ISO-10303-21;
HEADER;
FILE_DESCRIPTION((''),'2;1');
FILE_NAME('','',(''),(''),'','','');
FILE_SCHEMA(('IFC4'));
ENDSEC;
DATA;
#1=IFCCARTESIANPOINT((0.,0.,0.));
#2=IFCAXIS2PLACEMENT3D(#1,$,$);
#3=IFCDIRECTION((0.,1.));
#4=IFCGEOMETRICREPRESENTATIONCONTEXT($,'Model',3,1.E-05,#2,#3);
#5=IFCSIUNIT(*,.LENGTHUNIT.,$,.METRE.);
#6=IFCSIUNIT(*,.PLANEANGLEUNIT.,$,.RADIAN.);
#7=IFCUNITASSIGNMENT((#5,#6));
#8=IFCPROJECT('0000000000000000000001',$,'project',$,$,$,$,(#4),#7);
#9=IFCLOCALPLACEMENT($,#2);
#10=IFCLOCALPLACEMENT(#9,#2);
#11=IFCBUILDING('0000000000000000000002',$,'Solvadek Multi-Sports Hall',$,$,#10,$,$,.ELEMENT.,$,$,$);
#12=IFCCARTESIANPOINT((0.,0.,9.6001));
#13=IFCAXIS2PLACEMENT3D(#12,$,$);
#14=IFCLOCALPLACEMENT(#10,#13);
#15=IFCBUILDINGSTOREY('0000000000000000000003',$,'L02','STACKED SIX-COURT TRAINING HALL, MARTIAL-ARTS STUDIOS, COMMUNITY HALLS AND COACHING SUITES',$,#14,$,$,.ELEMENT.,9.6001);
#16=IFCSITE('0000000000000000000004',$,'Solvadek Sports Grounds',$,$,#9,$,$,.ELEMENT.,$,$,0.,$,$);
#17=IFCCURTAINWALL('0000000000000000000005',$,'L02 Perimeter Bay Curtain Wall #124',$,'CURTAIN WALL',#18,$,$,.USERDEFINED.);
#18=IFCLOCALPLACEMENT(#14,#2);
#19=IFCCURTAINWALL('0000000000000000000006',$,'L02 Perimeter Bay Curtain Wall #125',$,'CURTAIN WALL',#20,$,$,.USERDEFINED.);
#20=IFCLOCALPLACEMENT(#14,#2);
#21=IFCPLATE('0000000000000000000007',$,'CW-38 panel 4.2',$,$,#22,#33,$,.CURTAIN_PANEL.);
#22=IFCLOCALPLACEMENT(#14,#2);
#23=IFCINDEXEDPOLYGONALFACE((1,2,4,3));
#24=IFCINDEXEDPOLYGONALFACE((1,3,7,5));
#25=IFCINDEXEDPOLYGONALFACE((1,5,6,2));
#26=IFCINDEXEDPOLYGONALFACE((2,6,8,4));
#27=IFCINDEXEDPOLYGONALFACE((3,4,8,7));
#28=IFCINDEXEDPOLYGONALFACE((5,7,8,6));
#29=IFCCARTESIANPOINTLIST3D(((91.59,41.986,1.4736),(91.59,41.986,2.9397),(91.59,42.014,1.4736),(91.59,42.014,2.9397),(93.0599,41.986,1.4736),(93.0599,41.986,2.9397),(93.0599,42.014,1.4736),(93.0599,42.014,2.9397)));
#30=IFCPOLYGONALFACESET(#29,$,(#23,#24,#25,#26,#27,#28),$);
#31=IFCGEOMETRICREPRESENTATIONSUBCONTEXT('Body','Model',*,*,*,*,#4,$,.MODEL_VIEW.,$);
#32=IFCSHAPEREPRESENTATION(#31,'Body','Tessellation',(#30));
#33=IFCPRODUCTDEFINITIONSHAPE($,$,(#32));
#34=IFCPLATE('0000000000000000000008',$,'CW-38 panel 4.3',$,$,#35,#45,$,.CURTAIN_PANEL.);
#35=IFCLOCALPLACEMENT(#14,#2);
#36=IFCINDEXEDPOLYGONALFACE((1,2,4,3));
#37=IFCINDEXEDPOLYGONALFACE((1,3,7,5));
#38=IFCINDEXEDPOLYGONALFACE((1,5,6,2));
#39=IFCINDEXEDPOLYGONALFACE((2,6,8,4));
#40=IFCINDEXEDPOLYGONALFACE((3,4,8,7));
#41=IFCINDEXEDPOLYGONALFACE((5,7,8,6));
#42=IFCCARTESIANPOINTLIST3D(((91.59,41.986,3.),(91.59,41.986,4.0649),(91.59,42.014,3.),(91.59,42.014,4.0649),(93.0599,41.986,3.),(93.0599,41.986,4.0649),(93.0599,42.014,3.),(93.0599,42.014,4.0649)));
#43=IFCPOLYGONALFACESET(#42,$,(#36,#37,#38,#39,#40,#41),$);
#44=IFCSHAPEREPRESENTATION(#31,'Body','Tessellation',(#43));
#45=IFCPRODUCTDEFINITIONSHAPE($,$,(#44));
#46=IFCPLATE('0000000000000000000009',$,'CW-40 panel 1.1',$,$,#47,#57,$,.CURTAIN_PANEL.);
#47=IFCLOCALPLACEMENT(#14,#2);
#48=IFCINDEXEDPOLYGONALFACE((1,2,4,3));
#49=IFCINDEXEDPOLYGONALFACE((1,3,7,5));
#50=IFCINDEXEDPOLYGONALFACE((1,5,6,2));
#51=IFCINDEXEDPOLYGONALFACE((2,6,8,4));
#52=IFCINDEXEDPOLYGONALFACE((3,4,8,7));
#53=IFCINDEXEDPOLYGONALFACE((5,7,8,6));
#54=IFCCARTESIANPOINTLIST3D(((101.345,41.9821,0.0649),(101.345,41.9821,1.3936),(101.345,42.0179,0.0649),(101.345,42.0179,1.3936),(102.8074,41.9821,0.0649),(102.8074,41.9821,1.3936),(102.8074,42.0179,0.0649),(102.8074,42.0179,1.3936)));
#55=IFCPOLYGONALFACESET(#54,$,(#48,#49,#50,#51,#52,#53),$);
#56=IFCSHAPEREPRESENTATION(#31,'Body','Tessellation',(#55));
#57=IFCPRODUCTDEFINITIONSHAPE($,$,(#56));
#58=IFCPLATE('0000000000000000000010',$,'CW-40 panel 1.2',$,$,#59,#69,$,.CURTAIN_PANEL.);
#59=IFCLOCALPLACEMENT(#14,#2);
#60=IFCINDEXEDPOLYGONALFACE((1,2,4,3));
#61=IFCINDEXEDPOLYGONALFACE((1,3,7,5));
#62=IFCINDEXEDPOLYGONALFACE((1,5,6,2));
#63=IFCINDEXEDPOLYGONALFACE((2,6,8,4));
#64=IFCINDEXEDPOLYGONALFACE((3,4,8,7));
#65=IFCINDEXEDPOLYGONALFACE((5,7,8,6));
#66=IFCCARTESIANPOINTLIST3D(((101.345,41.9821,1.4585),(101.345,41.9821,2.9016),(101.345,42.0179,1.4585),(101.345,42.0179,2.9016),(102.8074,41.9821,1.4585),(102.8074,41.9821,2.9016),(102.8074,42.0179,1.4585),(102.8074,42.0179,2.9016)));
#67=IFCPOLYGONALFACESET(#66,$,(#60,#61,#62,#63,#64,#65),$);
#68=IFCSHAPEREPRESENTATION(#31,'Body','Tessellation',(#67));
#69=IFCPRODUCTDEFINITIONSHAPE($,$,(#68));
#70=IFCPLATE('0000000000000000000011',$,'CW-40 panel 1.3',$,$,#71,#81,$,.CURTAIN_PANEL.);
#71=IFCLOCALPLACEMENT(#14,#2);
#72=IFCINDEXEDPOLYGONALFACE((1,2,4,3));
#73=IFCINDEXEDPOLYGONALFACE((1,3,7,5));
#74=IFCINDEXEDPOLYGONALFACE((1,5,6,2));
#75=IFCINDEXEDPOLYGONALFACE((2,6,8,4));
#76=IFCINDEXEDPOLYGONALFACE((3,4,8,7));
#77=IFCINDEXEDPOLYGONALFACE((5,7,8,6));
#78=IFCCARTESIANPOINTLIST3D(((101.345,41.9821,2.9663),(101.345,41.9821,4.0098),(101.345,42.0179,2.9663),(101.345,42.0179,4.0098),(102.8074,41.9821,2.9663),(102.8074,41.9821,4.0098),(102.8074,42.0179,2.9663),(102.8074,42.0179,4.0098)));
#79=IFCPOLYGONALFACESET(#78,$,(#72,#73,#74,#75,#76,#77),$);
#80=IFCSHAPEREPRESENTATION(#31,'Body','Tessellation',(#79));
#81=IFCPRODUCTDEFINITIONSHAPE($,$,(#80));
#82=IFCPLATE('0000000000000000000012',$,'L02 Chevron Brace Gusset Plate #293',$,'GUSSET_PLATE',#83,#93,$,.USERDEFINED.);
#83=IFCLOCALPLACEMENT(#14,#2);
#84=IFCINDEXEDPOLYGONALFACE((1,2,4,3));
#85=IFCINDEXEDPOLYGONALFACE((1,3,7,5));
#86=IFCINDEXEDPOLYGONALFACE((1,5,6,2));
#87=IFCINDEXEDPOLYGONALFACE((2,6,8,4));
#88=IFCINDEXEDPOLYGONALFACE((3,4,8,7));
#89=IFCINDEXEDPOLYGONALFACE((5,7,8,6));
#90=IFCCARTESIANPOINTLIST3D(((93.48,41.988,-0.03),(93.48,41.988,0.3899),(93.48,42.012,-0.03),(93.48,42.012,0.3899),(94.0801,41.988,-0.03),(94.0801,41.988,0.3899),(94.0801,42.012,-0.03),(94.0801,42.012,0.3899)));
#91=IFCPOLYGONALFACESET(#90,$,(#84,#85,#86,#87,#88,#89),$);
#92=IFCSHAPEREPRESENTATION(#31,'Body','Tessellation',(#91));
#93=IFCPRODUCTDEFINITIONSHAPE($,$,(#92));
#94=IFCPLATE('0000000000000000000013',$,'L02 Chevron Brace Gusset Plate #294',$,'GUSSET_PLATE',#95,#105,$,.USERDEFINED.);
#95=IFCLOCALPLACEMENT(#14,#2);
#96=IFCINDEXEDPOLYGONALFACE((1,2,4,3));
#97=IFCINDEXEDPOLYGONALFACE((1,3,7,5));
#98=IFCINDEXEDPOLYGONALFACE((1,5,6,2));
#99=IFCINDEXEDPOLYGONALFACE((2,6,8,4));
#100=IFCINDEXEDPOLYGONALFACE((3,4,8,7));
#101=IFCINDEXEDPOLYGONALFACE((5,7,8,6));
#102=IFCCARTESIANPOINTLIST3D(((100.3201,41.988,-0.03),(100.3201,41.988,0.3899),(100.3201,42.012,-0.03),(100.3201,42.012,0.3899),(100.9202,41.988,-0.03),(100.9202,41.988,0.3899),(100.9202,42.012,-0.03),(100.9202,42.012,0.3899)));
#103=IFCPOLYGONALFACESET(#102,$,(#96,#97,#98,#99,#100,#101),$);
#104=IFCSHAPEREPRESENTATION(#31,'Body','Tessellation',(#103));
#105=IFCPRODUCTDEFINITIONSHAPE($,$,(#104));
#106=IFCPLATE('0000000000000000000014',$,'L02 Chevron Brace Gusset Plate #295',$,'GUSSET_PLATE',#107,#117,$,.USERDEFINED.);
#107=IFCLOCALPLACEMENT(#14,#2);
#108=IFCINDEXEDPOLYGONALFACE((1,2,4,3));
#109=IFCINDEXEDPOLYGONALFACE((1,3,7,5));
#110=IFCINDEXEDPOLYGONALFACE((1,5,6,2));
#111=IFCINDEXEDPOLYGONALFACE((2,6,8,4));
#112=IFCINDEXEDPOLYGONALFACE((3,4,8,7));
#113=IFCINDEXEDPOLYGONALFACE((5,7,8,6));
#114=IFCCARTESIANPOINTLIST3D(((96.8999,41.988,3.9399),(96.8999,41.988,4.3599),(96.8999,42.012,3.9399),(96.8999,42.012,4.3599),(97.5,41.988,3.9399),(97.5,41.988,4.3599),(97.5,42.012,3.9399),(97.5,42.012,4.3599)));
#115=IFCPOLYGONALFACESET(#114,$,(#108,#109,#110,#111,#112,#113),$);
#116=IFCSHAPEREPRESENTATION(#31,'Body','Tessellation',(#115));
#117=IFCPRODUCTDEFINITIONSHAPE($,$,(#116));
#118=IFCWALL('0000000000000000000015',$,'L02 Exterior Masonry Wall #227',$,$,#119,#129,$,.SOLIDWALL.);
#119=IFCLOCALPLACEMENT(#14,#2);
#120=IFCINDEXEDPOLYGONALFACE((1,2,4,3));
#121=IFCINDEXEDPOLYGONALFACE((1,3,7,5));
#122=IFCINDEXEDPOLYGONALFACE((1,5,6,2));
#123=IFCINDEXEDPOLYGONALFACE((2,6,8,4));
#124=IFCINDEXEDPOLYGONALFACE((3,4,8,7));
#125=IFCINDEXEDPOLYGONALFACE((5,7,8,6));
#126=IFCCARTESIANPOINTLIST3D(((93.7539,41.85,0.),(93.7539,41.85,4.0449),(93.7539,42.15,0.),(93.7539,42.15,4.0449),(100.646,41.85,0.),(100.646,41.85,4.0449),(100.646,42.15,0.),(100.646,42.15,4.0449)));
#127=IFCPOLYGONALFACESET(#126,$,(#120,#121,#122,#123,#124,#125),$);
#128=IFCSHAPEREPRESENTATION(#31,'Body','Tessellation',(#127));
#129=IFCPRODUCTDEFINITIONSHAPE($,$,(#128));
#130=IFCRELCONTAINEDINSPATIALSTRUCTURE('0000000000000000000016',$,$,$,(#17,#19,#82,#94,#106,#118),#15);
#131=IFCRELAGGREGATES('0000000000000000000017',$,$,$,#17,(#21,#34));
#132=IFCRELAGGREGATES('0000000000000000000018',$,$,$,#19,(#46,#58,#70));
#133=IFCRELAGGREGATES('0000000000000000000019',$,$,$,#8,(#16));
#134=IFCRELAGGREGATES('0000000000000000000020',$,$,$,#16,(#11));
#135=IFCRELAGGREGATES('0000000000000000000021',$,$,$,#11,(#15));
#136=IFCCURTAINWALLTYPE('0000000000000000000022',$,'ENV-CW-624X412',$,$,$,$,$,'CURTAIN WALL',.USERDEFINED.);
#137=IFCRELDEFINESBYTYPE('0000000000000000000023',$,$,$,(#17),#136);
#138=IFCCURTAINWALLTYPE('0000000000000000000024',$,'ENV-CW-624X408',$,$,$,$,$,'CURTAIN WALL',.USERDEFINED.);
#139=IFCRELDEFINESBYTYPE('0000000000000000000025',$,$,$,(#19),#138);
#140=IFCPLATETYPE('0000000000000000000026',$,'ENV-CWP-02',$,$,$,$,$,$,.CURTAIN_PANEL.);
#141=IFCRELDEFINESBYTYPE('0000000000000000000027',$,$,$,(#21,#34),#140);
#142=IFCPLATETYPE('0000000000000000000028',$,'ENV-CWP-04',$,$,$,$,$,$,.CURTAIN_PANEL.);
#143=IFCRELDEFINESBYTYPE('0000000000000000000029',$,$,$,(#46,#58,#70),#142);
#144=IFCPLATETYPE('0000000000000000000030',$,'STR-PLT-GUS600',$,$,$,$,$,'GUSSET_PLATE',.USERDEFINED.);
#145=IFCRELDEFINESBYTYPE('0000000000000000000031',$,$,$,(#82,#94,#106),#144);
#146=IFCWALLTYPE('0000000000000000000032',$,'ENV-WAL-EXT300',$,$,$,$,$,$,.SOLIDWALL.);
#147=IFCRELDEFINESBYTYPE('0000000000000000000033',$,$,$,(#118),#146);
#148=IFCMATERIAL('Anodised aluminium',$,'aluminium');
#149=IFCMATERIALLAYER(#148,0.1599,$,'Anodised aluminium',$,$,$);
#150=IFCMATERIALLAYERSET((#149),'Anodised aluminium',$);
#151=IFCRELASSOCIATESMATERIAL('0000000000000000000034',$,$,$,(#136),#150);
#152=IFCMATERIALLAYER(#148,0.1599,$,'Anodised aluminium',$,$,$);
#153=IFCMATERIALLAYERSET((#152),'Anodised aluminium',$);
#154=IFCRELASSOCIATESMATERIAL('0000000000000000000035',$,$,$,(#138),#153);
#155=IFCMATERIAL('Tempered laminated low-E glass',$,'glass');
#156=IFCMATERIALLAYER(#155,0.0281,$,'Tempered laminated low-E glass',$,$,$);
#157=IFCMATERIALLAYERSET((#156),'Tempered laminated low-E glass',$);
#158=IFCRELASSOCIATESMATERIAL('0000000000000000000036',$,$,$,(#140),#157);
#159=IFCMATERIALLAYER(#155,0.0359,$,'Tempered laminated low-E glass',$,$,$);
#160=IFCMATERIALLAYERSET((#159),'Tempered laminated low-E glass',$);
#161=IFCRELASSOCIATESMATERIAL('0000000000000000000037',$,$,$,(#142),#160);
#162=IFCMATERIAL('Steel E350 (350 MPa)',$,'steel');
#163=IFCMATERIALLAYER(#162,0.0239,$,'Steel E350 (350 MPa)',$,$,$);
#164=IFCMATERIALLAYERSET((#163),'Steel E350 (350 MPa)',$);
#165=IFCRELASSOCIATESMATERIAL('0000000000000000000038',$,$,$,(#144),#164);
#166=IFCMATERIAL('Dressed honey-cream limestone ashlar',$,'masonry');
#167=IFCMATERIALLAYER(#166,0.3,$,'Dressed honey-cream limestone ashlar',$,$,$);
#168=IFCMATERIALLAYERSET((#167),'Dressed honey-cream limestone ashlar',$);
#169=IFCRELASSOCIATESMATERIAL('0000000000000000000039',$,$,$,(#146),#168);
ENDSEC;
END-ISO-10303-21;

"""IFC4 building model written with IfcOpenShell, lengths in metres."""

from ifc_helpers import new_model, si_unit, direction, frame, frame_2d, origin, origin_2d, place, context, subcontext, project, spatial, rectangle, extrude, material, layer, layer_set, type_object, element, aggregate, save


model = new_model("IFC4")

# Units and contexts
model_context = context("Model", 3, precision=1e-05, world=origin(), true_north=direction((0.0, 1.0)))
body_context = subcontext(model_context, "Body", "Model", "MODEL_VIEW")
ifc_project = project(units=[si_unit("LENGTHUNIT", "METRE"), si_unit("PLANEANGLEUNIT", "RADIAN")], contexts=[model_context])

# Site, building, storey
site_placement = place(None, origin())
site = spatial("IfcSite", under=ifc_project, at=site_placement, Name="Solvadek Sports Grounds", CompositionType="ELEMENT", RefElevation=0.0)
building_placement = place(site_placement, origin())
building = spatial("IfcBuilding", under=site, at=building_placement, Name="Solvadek Multi-Sports Hall", CompositionType="ELEMENT")
storey_placement = place(building_placement, frame((0.0, 0.0, 9.6001)))
storey = spatial("IfcBuildingStorey", under=building, at=storey_placement, Name="L02", Description="STACKED SIX-COURT TRAINING HALL, MARTIAL-ARTS STUDIOS, COMMUNITY HALLS AND COACHING SUITES", CompositionType="ELEMENT", Elevation=9.6001)

# Shared definitions
ifc_material_1 = material(Name="Steel E350 (350 MPa)", Category="steel")

# Curtain wall
ifc_material_2 = material(Name="Anodised aluminium", Category="aluminium")
ifc_layer_1 = layer(ifc_material_2, 0.1599, Name="Anodised aluminium")
ifc_layer_set_1 = layer_set([ifc_layer_1], Name="Anodised aluminium")
curtain_wall_type_1 = type_object("IfcCurtainWallType", Name="ENV-CW-624X412", ElementType="CURTAIN WALL", PredefinedType="USERDEFINED", material=ifc_layer_set_1)
curtain_wall_1_placement = place(storey_placement, origin())
curtain_wall_1 = element("IfcCurtainWall", 1, at=curtain_wall_1_placement, inside=storey, type_object=curtain_wall_type_1, Name="L02 Perimeter Bay Curtain Wall #124", ObjectType="CURTAIN WALL", PredefinedType="USERDEFINED")

# Curtain wall
ifc_layer_2 = layer(ifc_material_2, 0.1599, Name="Anodised aluminium")
ifc_layer_set_2 = layer_set([ifc_layer_2], Name="Anodised aluminium")
curtain_wall_type_2 = type_object("IfcCurtainWallType", Name="ENV-CW-624X408", ElementType="CURTAIN WALL", PredefinedType="USERDEFINED", material=ifc_layer_set_2)
curtain_wall_2_placement = place(storey_placement, origin())
curtain_wall_2 = element("IfcCurtainWall", 2, at=curtain_wall_2_placement, inside=storey, type_object=curtain_wall_type_2, Name="L02 Perimeter Bay Curtain Wall #125", ObjectType="CURTAIN WALL", PredefinedType="USERDEFINED")

# Plates
ifc_material_3 = material(Name="Tempered laminated low-E glass", Category="glass")
ifc_layer_3 = layer(ifc_material_3, 0.0281, Name="Tempered laminated low-E glass")
ifc_layer_set_3 = layer_set([ifc_layer_3], Name="Tempered laminated low-E glass")
plate_type_1 = type_object("IfcPlateType", Name="ENV-CWP-02", PredefinedType="CURTAIN_PANEL", material=ifc_layer_set_3)
plate_1_placement = place(storey_placement, frame((92.325, 42.0, 1.4736), z_axis=(0.0, 0.0, 1.0), x_axis=(1.0, 0.0, 0.0)))
plate_1 = element("IfcPlate", 3, at=plate_1_placement, type_object=plate_type_1, Name="CW-38 panel 4.2", PredefinedType="CURTAIN_PANEL", context=body_context, shape_type="SweptSolid", body=[
    extrude(rectangle(XDim=1.47, YDim=0.0281, at=origin_2d()), origin(), (0.0, 0.0, 1.0), 1.4661),
])
plate_2_placement = place(storey_placement, frame((92.325, 42.0, 3.0), z_axis=(0.0, 0.0, 1.0), x_axis=(1.0, 0.0, 0.0)))
plate_2 = element("IfcPlate", 4, at=plate_2_placement, type_object=plate_type_1, Name="CW-38 panel 4.3", PredefinedType="CURTAIN_PANEL", context=body_context, shape_type="SweptSolid", body=[
    extrude(rectangle(XDim=1.47, YDim=0.0281, at=origin_2d()), origin(), (0.0, 0.0, 1.0), 1.0649),
])
aggregate(curtain_wall_1, [plate_1, plate_2])
ifc_layer_4 = layer(ifc_material_3, 0.0359, Name="Tempered laminated low-E glass")
ifc_layer_set_4 = layer_set([ifc_layer_4], Name="Tempered laminated low-E glass")
plate_type_2 = type_object("IfcPlateType", Name="ENV-CWP-04", PredefinedType="CURTAIN_PANEL", material=ifc_layer_set_4)
plate_3_placement = place(storey_placement, frame((102.0762, 42.0, 0.0649), z_axis=(0.0, 0.0, 1.0), x_axis=(1.0, 0.0, 0.0)))
plate_3 = element("IfcPlate", 5, at=plate_3_placement, type_object=plate_type_2, Name="CW-40 panel 1.1", PredefinedType="CURTAIN_PANEL", context=body_context, shape_type="SweptSolid", body=[
    extrude(rectangle(XDim=1.4624, YDim=0.0359, at=origin_2d()), origin(), (0.0, 0.0, 1.0), 1.3286),
])
plate_4_placement = place(storey_placement, frame((102.0762, 42.0, 1.4585), z_axis=(0.0, 0.0, 1.0), x_axis=(1.0, 0.0, 0.0)))
plate_4 = element("IfcPlate", 6, at=plate_4_placement, type_object=plate_type_2, Name="CW-40 panel 1.2", PredefinedType="CURTAIN_PANEL", context=body_context, shape_type="SweptSolid", body=[
    extrude(rectangle(XDim=1.4624, YDim=0.0359, at=origin_2d()), origin(), (0.0, 0.0, 1.0), 1.4431),
])
plate_5_placement = place(storey_placement, frame((102.0762, 42.0, 2.9663), z_axis=(0.0, 0.0, 1.0), x_axis=(1.0, 0.0, 0.0)))
plate_5 = element("IfcPlate", 7, at=plate_5_placement, type_object=plate_type_2, Name="CW-40 panel 1.3", PredefinedType="CURTAIN_PANEL", context=body_context, shape_type="SweptSolid", body=[
    extrude(rectangle(XDim=1.4624, YDim=0.0359, at=origin_2d()), origin(), (0.0, 0.0, 1.0), 1.0435),
])
aggregate(curtain_wall_2, [plate_3, plate_4, plate_5])

# Plates
ifc_layer_5 = layer(ifc_material_1, 0.0239, Name="Steel E350 (350 MPa)")
ifc_layer_set_5 = layer_set([ifc_layer_5], Name="Steel E350 (350 MPa)")
plate_type_3 = type_object("IfcPlateType", Name="STR-PLT-GUS600", ElementType="GUSSET_PLATE", PredefinedType="USERDEFINED", material=ifc_layer_set_5)
for number, where, z_axis, x_axis, name in (
    (8, (93.78, 42.0, -0.03), (0.0, 0.0, 1.0), (1.0, 0.0, 0.0), "L02 Chevron Brace Gusset Plate #293"),
    (9, (100.6201, 42.0, -0.03), (0.0, 0.0, 1.0), (1.0, 0.0, 0.0), "L02 Chevron Brace Gusset Plate #294"),
    (10, (97.2, 42.0, 3.9399), (0.0, 0.0, 1.0), (1.0, 0.0, 0.0), "L02 Chevron Brace Gusset Plate #295"),
):
    element("IfcPlate", number, at=place(storey_placement, frame(where, z_axis=z_axis, x_axis=x_axis)), inside=storey, type_object=plate_type_3, Name=name, ObjectType="GUSSET_PLATE", PredefinedType="USERDEFINED", context=body_context, shape_type="SweptSolid", body=[
        extrude(rectangle(XDim=0.6001, YDim=0.0239, at=origin_2d()), origin(), (0.0, 0.0, 1.0), 0.4199),
    ])

# Wall
ifc_material_4 = material(Name="Dressed honey-cream limestone ashlar", Category="masonry")
ifc_layer_6 = layer(ifc_material_4, 0.3, Name="Dressed honey-cream limestone ashlar")
ifc_layer_set_6 = layer_set([ifc_layer_6], Name="Dressed honey-cream limestone ashlar")
wall_type = type_object("IfcWallType", Name="ENV-WAL-EXT300", PredefinedType="SOLIDWALL", material=ifc_layer_set_6)
wall_placement = place(storey_placement, frame((93.7539, 42.0, 0.0), z_axis=(0.0, 0.0, 1.0), x_axis=(1.0, 0.0, 0.0)))
element("IfcWall", 11, at=wall_placement, inside=storey, type_object=wall_type, Name="L02 Exterior Masonry Wall #227", PredefinedType="SOLIDWALL", context=body_context, shape_type="SweptSolid", body=[
    extrude(rectangle(XDim=6.8921, YDim=0.3, at=frame_2d((3.446, 0.0))), origin(), (0.0, 0.0, 1.0), 4.0449),
])

save(model, "model.ifc")
